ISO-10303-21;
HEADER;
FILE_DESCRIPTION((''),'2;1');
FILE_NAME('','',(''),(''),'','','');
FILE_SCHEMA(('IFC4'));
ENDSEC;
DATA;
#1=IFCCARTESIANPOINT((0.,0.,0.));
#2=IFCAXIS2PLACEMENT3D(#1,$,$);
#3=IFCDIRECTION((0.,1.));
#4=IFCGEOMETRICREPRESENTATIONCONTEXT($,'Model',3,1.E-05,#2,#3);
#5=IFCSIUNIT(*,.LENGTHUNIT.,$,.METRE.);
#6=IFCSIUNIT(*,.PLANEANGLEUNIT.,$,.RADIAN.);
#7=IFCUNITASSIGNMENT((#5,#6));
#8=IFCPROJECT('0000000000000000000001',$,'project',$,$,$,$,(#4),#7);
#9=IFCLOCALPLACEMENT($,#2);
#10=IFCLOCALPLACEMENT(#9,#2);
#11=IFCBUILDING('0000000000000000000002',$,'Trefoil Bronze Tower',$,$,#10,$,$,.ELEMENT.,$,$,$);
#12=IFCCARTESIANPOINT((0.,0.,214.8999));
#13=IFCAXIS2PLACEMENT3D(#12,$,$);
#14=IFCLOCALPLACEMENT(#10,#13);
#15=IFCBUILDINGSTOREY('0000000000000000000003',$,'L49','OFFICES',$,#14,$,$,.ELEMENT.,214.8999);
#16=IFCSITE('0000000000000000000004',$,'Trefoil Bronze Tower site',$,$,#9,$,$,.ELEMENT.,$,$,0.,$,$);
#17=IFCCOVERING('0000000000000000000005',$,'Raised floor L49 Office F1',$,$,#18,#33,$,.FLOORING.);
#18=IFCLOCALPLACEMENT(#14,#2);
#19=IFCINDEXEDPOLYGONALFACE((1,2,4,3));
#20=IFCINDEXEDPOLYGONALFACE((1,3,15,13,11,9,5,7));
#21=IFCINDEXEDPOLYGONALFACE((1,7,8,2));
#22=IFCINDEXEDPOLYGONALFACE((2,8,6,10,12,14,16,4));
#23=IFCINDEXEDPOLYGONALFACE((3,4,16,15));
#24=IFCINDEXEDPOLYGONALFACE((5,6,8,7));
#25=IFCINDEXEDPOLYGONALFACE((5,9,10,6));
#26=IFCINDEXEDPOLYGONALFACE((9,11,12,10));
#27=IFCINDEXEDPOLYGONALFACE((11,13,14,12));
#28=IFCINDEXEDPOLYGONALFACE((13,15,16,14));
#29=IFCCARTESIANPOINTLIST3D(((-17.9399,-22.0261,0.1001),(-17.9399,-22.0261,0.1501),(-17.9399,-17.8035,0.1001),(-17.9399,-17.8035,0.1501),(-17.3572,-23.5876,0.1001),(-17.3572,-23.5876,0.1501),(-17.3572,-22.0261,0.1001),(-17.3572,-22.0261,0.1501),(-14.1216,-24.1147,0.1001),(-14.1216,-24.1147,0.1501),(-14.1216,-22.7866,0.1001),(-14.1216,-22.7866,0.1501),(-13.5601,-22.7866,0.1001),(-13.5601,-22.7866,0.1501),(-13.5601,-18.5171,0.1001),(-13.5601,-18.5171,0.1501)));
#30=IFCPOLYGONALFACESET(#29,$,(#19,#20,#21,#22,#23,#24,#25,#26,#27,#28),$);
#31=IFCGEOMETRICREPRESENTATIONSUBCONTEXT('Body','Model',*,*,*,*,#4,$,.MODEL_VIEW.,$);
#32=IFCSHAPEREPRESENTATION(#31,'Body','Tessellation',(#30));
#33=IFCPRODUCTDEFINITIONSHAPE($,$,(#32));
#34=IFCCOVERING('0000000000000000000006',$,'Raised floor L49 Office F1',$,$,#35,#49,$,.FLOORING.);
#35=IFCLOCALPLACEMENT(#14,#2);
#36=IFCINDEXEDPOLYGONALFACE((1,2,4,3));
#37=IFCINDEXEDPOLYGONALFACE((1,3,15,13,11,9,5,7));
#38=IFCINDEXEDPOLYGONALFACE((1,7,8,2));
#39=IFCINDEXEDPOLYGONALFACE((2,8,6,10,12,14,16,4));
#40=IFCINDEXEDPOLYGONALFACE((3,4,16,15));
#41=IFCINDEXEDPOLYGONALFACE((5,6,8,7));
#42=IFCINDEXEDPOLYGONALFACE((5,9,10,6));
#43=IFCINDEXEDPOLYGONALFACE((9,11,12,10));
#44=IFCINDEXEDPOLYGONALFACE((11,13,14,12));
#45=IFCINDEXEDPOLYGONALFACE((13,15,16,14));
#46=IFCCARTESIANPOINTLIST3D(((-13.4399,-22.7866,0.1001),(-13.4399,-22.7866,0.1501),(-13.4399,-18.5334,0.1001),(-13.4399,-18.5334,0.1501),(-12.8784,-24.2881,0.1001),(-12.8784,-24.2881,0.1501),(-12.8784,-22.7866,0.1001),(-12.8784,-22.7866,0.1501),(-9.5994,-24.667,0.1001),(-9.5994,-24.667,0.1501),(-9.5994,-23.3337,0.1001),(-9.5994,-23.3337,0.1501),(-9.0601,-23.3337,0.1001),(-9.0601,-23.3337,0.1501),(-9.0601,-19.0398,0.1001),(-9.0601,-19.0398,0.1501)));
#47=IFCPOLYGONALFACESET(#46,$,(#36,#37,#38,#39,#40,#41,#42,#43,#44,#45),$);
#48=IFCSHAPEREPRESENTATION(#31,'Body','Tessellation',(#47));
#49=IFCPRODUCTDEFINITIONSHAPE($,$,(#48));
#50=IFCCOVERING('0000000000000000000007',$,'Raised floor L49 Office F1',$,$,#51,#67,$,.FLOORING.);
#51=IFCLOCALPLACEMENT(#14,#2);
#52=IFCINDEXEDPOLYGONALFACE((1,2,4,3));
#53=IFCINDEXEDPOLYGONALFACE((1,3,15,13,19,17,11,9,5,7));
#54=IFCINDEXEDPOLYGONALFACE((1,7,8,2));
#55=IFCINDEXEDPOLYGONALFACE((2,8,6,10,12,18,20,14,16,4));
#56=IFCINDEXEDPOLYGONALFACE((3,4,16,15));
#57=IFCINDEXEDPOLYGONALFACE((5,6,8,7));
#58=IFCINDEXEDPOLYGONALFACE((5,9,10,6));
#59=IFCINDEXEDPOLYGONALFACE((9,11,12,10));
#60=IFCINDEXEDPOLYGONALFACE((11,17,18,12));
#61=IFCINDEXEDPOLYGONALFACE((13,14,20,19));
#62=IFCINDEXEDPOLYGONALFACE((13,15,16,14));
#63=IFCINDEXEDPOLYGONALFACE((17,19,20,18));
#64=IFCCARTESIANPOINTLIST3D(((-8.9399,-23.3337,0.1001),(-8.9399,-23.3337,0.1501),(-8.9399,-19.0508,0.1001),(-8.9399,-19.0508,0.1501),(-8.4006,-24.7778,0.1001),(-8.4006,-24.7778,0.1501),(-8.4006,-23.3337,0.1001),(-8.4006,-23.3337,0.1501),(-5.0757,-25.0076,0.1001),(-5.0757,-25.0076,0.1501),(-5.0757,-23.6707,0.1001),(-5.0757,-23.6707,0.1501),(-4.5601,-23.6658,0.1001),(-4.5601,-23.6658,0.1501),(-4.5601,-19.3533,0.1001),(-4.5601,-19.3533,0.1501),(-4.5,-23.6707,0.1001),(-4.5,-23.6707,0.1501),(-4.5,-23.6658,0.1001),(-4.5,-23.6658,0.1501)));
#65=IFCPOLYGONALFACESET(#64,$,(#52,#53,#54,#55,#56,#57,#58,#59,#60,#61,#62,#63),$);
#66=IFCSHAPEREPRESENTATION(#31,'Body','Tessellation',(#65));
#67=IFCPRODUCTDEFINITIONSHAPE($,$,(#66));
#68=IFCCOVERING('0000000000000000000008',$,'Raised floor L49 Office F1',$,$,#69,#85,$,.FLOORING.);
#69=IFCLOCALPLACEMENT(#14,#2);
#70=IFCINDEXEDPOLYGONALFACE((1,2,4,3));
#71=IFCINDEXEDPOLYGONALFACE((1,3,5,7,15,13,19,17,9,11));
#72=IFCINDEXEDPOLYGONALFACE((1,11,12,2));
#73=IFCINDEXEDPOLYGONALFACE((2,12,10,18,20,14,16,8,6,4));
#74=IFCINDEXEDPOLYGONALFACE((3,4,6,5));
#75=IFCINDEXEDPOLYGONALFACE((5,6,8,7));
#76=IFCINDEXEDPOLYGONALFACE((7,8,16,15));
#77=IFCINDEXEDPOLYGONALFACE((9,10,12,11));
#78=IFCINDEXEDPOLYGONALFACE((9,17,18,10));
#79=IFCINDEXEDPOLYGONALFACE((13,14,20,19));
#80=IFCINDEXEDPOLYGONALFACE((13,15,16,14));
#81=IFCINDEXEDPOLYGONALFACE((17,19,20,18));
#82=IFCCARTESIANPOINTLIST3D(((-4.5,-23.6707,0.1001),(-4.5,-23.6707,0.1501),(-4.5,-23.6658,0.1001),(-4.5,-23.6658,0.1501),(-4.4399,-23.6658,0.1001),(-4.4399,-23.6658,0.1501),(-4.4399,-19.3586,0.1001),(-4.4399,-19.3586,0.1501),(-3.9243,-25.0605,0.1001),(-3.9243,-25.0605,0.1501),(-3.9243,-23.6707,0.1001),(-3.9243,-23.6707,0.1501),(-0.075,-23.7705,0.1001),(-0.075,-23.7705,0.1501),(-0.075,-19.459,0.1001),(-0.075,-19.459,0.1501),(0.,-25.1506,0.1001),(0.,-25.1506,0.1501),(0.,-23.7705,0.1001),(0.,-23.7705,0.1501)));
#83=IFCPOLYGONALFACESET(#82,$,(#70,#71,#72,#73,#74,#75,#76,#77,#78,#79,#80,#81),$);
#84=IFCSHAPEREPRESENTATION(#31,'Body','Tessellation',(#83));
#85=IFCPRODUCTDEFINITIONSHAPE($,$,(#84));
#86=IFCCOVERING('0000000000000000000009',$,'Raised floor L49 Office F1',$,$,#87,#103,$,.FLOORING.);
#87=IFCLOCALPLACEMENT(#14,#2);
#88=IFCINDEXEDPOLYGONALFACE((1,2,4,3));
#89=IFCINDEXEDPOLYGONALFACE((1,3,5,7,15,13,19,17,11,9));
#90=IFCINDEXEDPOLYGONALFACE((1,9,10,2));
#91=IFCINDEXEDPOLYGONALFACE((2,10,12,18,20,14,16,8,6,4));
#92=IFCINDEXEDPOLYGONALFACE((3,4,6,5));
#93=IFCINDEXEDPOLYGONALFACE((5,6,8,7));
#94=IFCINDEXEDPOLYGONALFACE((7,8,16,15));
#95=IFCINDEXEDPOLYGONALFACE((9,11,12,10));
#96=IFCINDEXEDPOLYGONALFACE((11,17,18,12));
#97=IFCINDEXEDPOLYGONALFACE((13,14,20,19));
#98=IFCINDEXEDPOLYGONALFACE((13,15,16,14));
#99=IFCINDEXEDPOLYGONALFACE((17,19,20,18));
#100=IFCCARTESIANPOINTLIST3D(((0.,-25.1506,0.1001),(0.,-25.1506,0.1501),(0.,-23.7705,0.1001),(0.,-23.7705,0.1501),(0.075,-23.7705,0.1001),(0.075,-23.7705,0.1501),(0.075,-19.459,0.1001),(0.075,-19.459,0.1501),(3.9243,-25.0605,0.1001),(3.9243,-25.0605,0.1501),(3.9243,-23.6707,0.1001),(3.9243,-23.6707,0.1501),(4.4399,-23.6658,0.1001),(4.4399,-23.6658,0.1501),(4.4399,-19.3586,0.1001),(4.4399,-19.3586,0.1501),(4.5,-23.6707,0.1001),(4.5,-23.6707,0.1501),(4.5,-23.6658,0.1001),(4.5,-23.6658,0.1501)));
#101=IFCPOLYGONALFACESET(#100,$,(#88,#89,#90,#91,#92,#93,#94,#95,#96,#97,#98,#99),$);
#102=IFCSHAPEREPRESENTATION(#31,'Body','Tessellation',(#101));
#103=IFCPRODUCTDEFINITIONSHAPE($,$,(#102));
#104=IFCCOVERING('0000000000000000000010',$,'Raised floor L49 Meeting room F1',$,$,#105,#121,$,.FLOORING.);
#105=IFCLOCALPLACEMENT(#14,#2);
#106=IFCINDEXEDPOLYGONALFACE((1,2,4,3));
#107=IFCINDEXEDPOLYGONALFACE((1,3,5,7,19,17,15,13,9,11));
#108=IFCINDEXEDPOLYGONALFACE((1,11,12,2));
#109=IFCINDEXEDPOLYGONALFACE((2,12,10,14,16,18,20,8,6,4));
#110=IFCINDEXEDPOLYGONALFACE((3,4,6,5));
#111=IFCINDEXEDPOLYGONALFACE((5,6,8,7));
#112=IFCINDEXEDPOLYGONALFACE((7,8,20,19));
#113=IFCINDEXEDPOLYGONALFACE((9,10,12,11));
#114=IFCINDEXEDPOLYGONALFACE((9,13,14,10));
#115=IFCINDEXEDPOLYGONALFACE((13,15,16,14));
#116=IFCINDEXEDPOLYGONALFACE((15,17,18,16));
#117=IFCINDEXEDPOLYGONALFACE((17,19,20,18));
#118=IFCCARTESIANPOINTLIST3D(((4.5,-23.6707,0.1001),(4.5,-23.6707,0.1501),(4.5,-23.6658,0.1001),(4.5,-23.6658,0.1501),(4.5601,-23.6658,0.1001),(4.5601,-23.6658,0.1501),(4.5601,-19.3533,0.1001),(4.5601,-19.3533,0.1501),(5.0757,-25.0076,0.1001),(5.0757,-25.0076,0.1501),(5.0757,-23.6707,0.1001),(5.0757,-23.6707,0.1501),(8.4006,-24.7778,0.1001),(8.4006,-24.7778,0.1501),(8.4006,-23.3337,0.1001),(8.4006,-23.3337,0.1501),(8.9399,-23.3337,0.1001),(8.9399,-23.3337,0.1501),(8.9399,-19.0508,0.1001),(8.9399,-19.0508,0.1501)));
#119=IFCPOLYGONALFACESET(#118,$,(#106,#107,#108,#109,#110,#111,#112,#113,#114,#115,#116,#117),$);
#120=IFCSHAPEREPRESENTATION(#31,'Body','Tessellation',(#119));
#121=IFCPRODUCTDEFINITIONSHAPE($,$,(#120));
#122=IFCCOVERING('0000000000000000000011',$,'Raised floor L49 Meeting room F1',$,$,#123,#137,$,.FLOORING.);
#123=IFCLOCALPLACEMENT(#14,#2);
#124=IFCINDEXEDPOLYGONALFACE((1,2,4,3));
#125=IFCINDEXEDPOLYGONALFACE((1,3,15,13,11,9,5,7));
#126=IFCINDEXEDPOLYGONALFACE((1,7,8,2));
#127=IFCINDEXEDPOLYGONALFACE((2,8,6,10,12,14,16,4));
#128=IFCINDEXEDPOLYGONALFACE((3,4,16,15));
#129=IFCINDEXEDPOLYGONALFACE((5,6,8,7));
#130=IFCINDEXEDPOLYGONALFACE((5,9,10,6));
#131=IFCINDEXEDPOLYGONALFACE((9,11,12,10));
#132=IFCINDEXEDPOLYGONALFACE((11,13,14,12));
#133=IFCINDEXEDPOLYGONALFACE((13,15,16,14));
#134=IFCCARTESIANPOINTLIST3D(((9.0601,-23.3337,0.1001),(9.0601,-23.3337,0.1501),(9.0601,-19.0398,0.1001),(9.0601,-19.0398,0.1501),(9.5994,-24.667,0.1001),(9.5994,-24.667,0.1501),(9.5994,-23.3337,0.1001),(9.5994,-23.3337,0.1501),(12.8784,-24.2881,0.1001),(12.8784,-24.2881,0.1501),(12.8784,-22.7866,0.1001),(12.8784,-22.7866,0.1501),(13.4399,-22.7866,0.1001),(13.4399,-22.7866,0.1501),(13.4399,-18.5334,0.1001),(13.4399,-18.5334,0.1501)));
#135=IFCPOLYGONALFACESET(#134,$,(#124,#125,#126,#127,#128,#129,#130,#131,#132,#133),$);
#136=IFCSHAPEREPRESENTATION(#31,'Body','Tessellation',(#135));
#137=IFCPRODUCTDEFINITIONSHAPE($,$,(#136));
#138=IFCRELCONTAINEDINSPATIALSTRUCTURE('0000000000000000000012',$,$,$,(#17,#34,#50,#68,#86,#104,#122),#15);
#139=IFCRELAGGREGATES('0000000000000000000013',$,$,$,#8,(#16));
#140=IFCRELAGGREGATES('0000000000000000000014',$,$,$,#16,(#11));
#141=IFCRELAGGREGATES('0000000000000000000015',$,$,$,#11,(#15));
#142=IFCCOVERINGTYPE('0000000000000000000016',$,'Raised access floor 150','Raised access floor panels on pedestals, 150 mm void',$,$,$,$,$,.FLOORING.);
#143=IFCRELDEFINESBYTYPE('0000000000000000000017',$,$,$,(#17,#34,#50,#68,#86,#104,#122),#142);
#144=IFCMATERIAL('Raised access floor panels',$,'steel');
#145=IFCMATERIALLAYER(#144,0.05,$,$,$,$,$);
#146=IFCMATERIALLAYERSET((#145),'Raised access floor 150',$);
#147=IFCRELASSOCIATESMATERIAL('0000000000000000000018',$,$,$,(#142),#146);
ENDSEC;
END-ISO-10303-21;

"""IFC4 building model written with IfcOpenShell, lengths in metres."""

from ifc_helpers import new_model, si_unit, direction, frame, origin, place, context, subcontext, project, spatial, polyline, outline, extrude, material, layer, layer_set, type_object, element, save


model = new_model("IFC4")

# Units and contexts
model_context = context("Model", 3, precision=1e-05, world=origin(), true_north=direction((0.0, 1.0)))
body_context = subcontext(model_context, "Body", "Model", "MODEL_VIEW")
ifc_project = project(units=[si_unit("LENGTHUNIT", "METRE"), si_unit("PLANEANGLEUNIT", "RADIAN")], contexts=[model_context])

# Site, building, storey
site_placement = place(None, origin())
site = spatial("IfcSite", under=ifc_project, at=site_placement, Name="Trefoil Bronze Tower site", CompositionType="ELEMENT", RefElevation=0.0)
building_placement = place(site_placement, origin())
building = spatial("IfcBuilding", under=site, at=building_placement, Name="Trefoil Bronze Tower", CompositionType="ELEMENT")
storey_placement = place(building_placement, frame((0.0, 0.0, 214.8999)))
storey = spatial("IfcBuildingStorey", under=building, at=storey_placement, Name="L49", Description="OFFICES", CompositionType="ELEMENT", Elevation=214.8999)

# Coverings
ifc_material_1 = material(Name="Raised access floor panels", Category="steel")
ifc_layer_1 = layer(ifc_material_1, 0.05)
ifc_layer_set_1 = layer_set([ifc_layer_1], Name="Raised access floor 150")
covering_type_1 = type_object("IfcCoveringType", Name="Raised access floor 150", Description="Raised access floor panels on pedestals, 150 mm void", PredefinedType="FLOORING", material=ifc_layer_set_1)
covering_1_placement = place(storey_placement, frame((0.0, 0.0, 0.1001)))
element("IfcCovering", 1, at=covering_1_placement, inside=storey, type_object=covering_type_1, Name="Raised floor L49 Office F1", PredefinedType="FLOORING", context=body_context, shape_type="SweptSolid", body=[
    extrude(outline(polyline([(-17.9399, -22.0261), (-17.9399, -17.8035), (-13.5601, -18.5171), (-13.5601, -22.7866), (-14.1216, -22.7866), (-14.1216, -24.1147), (-17.3572, -23.5876), (-17.3572, -22.0261), (-17.9399, -22.0261)])), origin(), (0.0, 0.0, 1.0), 0.05),
])
covering_2_placement = place(storey_placement, frame((0.0, 0.0, 0.1001)))
element("IfcCovering", 2, at=covering_2_placement, inside=storey, type_object=covering_type_1, Name="Raised floor L49 Office F1", PredefinedType="FLOORING", context=body_context, shape_type="SweptSolid", body=[
    extrude(outline(polyline([(-13.4399, -22.7866), (-13.4399, -18.5334), (-9.0601, -19.0398), (-9.0601, -23.3337), (-9.5994, -23.3337), (-9.5994, -24.667), (-12.8784, -24.2881), (-12.8784, -22.7866), (-13.4399, -22.7866)])), origin(), (0.0, 0.0, 1.0), 0.05),
])
covering_3_placement = place(storey_placement, frame((0.0, 0.0, 0.1001)))
element("IfcCovering", 3, at=covering_3_placement, inside=storey, type_object=covering_type_1, Name="Raised floor L49 Office F1", PredefinedType="FLOORING", context=body_context, shape_type="SweptSolid", body=[
    extrude(outline(polyline([(-8.9399, -23.3337), (-8.9399, -19.0508), (-4.5601, -19.3533), (-4.5601, -23.6658), (-4.5, -23.6658), (-4.5, -23.6707), (-5.0757, -23.6707), (-5.0757, -25.0076), (-8.4006, -24.7778), (-8.4006, -23.3337), (-8.9399, -23.3337)])), origin(), (0.0, 0.0, 1.0), 0.05),
])
covering_4_placement = place(storey_placement, frame((0.0, 0.0, 0.1001)))
element("IfcCovering", 4, at=covering_4_placement, inside=storey, type_object=covering_type_1, Name="Raised floor L49 Office F1", PredefinedType="FLOORING", context=body_context, shape_type="SweptSolid", body=[
    extrude(outline(polyline([(-4.5, -23.6658), (-4.4399, -23.6658), (-4.4399, -19.3586), (-0.075, -19.459), (-0.075, -23.7705), (0.0, -23.7705), (0.0, -25.1506), (-3.9243, -25.0605), (-3.9243, -23.6707), (-4.5, -23.6707), (-4.5, -23.6658)])), origin(), (0.0, 0.0, 1.0), 0.05),
])
covering_5_placement = place(storey_placement, frame((0.0, 0.0, 0.1001)))
element("IfcCovering", 5, at=covering_5_placement, inside=storey, type_object=covering_type_1, Name="Raised floor L49 Office F1", PredefinedType="FLOORING", context=body_context, shape_type="SweptSolid", body=[
    extrude(outline(polyline([(0.0, -23.7705), (0.075, -23.7705), (0.075, -19.459), (4.4399, -19.3586), (4.4399, -23.6658), (4.5, -23.6658), (4.5, -23.6707), (3.9243, -23.6707), (3.9243, -25.0605), (0.0, -25.1506), (0.0, -23.7705)])), origin(), (0.0, 0.0, 1.0), 0.05),
])
covering_6_placement = place(storey_placement, frame((0.0, 0.0, 0.1001)))
element("IfcCovering", 6, at=covering_6_placement, inside=storey, type_object=covering_type_1, Name="Raised floor L49 Meeting room F1", PredefinedType="FLOORING", context=body_context, shape_type="SweptSolid", body=[
    extrude(outline(polyline([(4.5, -23.6658), (4.5601, -23.6658), (4.5601, -19.3533), (8.9399, -19.0508), (8.9399, -23.3337), (8.4006, -23.3337), (8.4006, -24.7778), (5.0757, -25.0076), (5.0757, -23.6707), (4.5, -23.6707), (4.5, -23.6658)])), origin(), (0.0, 0.0, 1.0), 0.05),
])
covering_7_placement = place(storey_placement, frame((0.0, 0.0, 0.1001)))
element("IfcCovering", 7, at=covering_7_placement, inside=storey, type_object=covering_type_1, Name="Raised floor L49 Meeting room F1", PredefinedType="FLOORING", context=body_context, shape_type="SweptSolid", body=[
    extrude(outline(polyline([(9.0601, -19.0398), (13.4399, -18.5334), (13.4399, -22.7866), (12.8784, -22.7866), (12.8784, -24.2881), (9.5994, -24.667), (9.5994, -23.3337), (9.0601, -23.3337), (9.0601, -19.0398)])), origin(), (0.0, 0.0, 1.0), 0.05),
])

save(model, "model.ifc")
